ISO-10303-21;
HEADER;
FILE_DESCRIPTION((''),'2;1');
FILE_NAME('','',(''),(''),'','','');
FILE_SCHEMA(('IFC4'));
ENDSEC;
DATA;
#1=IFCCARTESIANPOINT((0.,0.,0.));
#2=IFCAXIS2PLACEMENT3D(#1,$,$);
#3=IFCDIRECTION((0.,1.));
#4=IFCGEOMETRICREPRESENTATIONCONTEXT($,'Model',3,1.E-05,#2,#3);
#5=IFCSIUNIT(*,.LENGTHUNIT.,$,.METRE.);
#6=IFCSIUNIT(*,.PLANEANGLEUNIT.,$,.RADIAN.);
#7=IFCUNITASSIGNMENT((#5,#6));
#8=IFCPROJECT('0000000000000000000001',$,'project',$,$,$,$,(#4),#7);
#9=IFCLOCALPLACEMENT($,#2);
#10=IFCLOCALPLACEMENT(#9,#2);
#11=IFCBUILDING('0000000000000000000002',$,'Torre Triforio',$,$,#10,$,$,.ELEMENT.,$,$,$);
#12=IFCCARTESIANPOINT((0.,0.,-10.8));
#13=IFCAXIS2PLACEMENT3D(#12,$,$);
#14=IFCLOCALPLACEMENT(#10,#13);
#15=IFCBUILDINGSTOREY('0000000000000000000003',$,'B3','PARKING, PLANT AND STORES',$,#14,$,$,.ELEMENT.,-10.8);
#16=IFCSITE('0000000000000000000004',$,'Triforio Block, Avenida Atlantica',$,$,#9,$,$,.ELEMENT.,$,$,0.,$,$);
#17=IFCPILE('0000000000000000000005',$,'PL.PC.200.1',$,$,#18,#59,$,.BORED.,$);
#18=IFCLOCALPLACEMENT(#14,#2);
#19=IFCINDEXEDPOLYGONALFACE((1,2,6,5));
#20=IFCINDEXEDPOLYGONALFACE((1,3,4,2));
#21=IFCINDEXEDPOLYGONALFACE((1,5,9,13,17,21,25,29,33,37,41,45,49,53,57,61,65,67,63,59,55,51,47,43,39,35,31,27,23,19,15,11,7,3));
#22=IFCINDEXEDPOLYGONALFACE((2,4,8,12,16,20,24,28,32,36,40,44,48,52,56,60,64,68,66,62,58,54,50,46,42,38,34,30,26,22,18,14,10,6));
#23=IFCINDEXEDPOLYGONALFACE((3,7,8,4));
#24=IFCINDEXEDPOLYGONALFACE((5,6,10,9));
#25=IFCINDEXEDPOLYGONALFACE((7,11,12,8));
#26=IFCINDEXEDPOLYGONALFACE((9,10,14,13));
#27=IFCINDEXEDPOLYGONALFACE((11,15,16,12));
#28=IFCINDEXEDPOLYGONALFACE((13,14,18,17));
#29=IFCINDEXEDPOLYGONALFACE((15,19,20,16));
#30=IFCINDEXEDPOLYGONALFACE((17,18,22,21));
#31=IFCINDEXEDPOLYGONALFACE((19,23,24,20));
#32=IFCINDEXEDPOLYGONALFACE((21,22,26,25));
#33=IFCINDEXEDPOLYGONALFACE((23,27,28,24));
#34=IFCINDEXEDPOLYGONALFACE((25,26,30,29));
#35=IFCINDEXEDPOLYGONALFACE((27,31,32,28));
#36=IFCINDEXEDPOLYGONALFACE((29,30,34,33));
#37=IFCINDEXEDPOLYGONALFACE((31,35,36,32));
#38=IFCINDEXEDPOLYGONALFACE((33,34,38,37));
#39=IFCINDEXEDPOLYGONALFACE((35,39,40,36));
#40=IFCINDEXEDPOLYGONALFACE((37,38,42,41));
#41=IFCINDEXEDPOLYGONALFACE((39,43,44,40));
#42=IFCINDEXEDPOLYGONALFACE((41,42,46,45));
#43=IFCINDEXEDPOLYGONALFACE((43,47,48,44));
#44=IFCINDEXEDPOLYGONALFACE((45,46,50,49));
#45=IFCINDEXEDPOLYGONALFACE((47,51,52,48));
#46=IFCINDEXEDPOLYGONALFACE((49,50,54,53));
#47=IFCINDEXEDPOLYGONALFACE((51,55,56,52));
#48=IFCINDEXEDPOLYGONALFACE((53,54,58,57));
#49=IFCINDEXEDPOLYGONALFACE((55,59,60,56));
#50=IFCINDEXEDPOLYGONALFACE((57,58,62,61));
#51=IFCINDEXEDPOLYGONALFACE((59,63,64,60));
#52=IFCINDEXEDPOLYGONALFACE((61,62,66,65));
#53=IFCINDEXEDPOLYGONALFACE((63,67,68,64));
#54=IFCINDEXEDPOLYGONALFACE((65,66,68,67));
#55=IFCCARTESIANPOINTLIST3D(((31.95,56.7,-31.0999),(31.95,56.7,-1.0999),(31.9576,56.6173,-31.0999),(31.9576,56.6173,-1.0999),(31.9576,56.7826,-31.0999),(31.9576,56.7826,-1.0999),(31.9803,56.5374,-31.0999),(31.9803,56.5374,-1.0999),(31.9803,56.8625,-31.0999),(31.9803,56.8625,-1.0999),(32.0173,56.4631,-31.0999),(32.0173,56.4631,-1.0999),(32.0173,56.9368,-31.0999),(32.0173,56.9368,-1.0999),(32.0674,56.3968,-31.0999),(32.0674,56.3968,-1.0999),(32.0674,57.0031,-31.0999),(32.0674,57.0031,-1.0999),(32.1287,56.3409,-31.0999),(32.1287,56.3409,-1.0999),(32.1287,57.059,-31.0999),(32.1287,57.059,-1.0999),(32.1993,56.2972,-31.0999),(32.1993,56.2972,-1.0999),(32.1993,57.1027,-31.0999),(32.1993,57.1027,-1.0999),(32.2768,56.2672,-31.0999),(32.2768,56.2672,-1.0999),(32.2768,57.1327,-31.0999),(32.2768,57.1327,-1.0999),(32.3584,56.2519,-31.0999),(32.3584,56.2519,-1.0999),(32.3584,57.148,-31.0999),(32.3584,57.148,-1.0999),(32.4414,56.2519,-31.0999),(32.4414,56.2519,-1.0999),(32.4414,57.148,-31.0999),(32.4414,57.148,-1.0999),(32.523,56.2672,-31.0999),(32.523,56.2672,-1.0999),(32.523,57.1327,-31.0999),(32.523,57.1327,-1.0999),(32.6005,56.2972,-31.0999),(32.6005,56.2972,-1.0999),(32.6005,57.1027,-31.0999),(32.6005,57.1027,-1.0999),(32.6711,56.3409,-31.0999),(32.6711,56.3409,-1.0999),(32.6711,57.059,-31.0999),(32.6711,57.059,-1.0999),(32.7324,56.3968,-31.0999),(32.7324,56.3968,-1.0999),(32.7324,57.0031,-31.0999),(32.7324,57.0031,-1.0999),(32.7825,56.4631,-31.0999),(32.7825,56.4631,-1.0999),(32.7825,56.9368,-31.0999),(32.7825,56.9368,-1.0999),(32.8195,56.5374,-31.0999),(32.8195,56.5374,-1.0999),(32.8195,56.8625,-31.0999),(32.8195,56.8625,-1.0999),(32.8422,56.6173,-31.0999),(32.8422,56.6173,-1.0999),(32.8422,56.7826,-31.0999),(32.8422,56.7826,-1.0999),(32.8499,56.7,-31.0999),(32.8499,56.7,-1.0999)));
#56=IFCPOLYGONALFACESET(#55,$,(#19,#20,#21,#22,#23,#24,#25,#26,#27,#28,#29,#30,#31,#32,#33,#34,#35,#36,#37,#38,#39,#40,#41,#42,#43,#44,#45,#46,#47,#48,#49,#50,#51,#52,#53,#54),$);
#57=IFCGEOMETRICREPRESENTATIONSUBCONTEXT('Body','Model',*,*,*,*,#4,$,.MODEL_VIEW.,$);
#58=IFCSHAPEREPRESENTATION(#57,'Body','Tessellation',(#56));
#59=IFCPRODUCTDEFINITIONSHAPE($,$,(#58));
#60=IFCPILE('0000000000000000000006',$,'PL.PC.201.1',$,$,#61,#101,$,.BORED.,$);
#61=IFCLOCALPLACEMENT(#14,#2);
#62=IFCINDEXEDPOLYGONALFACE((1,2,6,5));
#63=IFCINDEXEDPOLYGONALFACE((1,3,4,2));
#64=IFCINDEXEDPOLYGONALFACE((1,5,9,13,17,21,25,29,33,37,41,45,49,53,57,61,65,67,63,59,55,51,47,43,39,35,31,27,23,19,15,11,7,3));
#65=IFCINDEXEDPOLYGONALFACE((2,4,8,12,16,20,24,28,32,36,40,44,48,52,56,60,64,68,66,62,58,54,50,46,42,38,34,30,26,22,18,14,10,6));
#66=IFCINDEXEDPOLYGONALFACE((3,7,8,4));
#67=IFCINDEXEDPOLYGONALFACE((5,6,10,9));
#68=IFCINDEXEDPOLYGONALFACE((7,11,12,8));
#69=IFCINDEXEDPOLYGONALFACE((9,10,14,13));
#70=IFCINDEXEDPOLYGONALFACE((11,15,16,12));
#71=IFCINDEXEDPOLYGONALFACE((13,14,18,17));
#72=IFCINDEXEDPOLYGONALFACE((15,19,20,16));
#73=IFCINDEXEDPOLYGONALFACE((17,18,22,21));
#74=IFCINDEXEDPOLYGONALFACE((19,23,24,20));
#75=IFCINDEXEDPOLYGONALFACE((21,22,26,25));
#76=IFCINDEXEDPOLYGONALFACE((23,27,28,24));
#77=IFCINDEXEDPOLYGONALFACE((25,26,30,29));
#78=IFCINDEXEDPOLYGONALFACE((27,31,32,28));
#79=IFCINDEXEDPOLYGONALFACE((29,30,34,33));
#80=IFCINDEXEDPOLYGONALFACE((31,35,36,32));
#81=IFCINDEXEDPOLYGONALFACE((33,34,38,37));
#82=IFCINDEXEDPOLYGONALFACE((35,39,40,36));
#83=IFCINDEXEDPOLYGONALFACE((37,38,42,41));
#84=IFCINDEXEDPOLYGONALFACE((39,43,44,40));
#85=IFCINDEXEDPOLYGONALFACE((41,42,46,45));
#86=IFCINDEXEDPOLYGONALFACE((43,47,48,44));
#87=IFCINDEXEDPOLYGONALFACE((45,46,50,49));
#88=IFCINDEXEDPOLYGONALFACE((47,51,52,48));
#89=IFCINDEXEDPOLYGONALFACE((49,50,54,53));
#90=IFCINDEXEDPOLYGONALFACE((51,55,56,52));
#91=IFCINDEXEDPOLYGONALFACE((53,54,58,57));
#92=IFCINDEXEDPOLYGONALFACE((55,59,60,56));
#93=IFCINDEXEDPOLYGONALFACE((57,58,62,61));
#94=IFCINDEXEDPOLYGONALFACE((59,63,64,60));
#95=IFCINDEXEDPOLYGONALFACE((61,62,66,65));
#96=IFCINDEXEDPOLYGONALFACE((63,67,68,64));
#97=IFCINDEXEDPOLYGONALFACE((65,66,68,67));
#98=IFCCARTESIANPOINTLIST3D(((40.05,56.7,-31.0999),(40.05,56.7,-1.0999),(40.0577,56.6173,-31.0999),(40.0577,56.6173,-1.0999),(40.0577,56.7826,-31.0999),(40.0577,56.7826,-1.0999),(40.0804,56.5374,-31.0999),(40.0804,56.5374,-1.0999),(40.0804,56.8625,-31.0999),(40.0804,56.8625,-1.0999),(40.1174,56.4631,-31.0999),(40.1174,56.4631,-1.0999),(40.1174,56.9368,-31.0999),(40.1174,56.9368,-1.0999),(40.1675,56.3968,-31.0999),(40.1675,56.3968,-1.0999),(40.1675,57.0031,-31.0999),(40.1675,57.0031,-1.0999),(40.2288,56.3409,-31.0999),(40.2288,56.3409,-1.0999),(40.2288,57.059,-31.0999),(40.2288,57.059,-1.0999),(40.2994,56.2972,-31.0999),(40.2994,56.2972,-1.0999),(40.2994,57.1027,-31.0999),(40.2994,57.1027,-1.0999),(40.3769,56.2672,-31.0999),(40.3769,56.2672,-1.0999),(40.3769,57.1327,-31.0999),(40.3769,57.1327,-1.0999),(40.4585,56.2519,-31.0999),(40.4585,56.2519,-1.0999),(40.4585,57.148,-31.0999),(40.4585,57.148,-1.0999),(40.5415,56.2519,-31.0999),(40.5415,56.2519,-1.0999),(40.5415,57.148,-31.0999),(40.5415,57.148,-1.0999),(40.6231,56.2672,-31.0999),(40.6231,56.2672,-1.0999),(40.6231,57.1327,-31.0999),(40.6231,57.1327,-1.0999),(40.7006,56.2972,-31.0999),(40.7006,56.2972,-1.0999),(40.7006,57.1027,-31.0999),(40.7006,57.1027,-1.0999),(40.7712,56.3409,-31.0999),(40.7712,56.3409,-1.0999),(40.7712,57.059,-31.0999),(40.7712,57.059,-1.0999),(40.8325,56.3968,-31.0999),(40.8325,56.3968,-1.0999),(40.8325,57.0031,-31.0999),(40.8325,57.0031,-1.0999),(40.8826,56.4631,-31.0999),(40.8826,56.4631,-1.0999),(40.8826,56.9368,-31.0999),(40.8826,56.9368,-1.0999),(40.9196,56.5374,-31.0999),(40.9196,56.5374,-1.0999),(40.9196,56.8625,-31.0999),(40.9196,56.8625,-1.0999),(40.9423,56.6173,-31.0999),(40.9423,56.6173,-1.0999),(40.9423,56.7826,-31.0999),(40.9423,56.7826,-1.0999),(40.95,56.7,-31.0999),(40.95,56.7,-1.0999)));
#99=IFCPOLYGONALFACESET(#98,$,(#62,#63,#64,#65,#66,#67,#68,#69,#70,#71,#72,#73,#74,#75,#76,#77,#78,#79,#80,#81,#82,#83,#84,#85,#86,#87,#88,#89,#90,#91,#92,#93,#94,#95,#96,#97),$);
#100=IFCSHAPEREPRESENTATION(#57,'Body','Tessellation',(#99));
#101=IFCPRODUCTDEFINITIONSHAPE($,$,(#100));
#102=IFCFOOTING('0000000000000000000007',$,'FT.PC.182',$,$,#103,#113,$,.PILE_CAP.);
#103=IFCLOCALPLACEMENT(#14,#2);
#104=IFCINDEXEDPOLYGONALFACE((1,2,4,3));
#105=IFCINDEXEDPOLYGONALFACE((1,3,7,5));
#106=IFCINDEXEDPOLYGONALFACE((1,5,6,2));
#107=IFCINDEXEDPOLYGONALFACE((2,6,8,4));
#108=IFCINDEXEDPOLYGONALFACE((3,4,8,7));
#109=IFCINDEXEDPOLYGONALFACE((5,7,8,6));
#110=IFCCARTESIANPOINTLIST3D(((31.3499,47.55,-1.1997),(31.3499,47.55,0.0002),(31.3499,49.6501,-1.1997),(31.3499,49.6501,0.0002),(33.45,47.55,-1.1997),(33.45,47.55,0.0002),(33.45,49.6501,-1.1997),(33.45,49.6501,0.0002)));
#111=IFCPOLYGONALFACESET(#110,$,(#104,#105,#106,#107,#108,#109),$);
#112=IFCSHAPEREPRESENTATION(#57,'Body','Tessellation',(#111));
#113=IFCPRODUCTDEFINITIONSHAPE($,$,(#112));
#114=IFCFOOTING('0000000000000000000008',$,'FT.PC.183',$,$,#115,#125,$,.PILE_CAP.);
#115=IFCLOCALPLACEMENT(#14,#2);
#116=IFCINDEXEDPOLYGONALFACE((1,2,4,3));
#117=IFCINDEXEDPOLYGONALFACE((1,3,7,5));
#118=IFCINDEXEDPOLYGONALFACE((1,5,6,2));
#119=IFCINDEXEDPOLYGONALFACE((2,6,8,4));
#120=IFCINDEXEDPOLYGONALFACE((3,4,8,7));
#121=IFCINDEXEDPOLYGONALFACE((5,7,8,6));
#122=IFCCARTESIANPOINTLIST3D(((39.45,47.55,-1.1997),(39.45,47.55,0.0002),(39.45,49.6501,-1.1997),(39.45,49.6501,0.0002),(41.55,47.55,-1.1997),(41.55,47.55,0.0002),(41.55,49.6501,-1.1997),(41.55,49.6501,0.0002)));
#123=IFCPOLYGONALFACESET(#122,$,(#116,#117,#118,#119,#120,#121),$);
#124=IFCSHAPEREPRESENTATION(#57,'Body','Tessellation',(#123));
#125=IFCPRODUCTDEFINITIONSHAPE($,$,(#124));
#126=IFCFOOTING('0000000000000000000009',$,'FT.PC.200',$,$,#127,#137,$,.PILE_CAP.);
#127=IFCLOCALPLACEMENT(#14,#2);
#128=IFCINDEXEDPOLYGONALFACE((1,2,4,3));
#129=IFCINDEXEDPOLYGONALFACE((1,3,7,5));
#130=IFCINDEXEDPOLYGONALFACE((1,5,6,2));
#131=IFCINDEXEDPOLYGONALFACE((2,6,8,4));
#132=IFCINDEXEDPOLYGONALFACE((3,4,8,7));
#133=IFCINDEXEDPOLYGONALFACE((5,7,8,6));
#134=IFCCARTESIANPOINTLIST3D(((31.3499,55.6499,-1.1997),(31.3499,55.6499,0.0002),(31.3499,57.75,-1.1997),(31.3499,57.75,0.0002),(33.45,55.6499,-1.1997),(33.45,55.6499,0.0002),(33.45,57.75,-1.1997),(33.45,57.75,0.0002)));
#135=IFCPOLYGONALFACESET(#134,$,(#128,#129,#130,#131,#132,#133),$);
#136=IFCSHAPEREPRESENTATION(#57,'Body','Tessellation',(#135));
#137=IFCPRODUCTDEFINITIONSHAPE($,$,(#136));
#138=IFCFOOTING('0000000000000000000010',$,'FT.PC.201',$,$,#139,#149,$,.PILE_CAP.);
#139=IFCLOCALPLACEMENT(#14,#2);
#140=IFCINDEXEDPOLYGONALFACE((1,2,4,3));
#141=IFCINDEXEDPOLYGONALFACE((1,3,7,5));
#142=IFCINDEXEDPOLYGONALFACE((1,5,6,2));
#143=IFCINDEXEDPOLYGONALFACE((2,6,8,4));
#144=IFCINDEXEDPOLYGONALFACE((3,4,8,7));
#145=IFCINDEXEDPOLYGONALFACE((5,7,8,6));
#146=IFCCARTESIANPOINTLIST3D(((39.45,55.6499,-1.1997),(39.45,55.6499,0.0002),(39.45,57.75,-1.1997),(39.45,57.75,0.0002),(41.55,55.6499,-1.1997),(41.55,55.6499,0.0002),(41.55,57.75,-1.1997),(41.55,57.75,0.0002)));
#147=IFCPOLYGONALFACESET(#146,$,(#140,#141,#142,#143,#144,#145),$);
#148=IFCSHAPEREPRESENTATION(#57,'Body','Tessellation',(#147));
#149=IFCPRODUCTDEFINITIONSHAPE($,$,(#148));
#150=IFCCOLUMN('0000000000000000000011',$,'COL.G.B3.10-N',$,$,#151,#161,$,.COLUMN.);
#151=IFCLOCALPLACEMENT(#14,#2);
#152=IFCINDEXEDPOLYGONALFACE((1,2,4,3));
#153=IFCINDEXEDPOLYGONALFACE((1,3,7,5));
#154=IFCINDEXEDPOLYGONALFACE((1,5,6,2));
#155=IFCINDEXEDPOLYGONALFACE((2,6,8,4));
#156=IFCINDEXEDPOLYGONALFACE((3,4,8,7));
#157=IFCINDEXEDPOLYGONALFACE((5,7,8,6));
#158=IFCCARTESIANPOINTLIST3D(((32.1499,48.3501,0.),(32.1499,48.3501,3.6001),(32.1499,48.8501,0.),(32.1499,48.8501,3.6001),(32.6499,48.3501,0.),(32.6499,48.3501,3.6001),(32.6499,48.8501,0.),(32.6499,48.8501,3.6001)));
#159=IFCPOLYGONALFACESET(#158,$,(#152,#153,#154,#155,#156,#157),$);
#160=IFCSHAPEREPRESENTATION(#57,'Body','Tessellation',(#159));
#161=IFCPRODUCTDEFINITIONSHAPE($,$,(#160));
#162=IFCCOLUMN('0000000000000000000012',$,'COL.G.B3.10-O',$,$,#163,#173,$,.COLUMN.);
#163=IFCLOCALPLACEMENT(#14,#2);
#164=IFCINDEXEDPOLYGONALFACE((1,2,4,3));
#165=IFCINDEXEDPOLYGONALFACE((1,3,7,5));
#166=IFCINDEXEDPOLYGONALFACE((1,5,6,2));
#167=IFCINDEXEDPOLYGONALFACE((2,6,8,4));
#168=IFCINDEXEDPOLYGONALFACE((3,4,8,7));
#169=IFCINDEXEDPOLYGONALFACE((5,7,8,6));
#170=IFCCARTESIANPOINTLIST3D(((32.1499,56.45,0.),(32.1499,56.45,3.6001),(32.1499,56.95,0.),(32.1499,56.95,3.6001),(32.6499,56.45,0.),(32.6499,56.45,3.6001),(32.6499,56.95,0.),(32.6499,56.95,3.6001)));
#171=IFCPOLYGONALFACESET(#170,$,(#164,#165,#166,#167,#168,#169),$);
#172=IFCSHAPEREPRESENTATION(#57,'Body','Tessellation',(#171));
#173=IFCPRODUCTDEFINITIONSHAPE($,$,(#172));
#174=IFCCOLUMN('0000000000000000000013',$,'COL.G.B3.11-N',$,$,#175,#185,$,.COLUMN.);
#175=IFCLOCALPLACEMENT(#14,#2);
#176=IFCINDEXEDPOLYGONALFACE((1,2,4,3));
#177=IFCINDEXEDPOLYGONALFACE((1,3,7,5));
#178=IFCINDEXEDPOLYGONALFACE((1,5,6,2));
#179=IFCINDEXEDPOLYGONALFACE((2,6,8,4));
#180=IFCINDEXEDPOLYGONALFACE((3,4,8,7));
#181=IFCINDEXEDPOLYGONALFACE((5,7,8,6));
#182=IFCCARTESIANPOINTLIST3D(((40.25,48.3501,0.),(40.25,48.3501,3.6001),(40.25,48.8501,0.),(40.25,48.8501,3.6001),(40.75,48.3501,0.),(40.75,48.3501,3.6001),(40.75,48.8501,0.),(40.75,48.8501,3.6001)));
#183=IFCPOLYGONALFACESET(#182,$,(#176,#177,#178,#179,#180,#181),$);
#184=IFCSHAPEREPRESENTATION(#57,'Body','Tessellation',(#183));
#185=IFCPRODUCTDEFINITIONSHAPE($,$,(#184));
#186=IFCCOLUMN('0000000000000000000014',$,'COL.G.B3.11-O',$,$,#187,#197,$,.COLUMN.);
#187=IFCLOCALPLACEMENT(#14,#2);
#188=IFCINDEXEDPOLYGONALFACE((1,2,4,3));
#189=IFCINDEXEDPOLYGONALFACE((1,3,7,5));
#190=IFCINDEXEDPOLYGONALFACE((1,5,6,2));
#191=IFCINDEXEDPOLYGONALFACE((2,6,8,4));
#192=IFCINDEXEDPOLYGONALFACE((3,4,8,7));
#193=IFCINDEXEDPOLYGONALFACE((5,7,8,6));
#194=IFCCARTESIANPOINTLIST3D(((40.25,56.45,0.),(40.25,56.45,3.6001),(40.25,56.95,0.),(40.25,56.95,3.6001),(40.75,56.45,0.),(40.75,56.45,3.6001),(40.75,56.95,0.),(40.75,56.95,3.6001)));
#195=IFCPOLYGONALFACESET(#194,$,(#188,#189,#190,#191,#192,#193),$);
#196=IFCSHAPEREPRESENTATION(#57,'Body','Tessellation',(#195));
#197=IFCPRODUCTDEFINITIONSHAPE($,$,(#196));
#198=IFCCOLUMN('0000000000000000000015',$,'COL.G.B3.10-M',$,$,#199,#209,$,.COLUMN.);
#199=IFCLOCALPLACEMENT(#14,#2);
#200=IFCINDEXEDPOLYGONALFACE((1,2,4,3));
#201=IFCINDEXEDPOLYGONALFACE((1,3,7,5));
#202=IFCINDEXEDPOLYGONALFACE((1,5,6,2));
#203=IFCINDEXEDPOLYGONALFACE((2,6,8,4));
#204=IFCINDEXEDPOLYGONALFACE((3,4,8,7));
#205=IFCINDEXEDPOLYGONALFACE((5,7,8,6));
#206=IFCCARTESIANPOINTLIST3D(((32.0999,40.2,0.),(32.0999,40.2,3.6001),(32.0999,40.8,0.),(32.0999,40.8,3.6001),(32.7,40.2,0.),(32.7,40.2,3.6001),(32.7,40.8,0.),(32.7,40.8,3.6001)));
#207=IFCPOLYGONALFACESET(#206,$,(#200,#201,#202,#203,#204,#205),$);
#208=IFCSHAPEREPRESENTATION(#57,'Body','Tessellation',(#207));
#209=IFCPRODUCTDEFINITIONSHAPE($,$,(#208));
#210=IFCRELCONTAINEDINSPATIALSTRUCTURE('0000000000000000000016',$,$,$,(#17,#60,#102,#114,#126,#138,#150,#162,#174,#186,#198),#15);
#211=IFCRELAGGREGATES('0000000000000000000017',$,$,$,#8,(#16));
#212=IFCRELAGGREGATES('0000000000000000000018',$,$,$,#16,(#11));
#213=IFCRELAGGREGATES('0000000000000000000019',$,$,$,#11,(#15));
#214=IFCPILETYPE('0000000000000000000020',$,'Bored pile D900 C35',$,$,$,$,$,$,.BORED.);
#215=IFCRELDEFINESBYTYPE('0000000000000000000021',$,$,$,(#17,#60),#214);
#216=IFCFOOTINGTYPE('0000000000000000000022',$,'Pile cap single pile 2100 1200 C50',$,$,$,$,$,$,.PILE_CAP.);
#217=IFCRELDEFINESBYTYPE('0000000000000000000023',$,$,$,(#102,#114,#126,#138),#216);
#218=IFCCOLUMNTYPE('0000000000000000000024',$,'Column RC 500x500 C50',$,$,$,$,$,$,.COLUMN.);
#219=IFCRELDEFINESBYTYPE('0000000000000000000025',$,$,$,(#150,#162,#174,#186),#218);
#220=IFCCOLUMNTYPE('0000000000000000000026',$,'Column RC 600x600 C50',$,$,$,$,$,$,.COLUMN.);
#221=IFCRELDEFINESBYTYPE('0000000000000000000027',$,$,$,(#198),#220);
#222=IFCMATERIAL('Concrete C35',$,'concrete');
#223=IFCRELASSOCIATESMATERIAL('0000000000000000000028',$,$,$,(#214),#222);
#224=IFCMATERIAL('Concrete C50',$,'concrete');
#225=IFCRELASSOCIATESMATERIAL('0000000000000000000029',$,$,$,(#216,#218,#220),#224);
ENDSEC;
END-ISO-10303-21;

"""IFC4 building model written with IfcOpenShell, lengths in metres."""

from ifc_helpers import new_model, si_unit, direction, frame, origin, origin_2d, place, context, subcontext, project, spatial, rectangle, circle, extrude, material, material_profile, profile_set, type_object, element, save


model = new_model("IFC4")

# Units and contexts
model_context = context("Model", 3, precision=1e-05, world=origin(), true_north=direction((0.0, 1.0)))
body_context = subcontext(model_context, "Body", "Model", "MODEL_VIEW")
ifc_project = project(units=[si_unit("LENGTHUNIT", "METRE"), si_unit("PLANEANGLEUNIT", "RADIAN")], contexts=[model_context])

# Site, building, storey
site_placement = place(None, origin())
site = spatial("IfcSite", under=ifc_project, at=site_placement, Name="Triforio Block, Avenida Atlantica", CompositionType="ELEMENT", RefElevation=0.0)
building_placement = place(site_placement, origin())
building = spatial("IfcBuilding", under=site, at=building_placement, Name="Torre Triforio", CompositionType="ELEMENT")
storey_placement = place(building_placement, frame((0.0, 0.0, -10.8)))
storey = spatial("IfcBuildingStorey", under=building, at=storey_placement, Name="B3", Description="PARKING, PLANT AND STORES", CompositionType="ELEMENT", Elevation=-10.8)

# Piles
ifc_material_1 = material(Name="Concrete C35", Category="concrete")
ifc_material_profile_1 = material_profile(ifc_material_1, circle(Radius=0.45, at=origin_2d()), Name="RC D900")
ifc_profile_set_1 = profile_set([ifc_material_profile_1], Name="Concrete C35")
pile_type = type_object("IfcPileType", Name="Bored pile D900 C35", PredefinedType="BORED", material=ifc_profile_set_1)
for number, where, z_axis, x_axis, name in (
    (1, (32.3999, 56.7, -1.0999), (0.0, 0.0, -1.0), (1.0, 0.0, 0.0), "PL.PC.200.1"),
    (2, (40.5, 56.7, -1.0999), (0.0, 0.0, -1.0), (1.0, 0.0, 0.0), "PL.PC.201.1"),
):
    element("IfcPile", number, at=place(storey_placement, frame(where, z_axis=z_axis, x_axis=x_axis)), inside=storey, type_object=pile_type, Name=name, PredefinedType="BORED", context=body_context, shape_type="SweptSolid", body=[
        extrude(circle(Radius=0.45, at=origin_2d()), origin(), (0.0, 0.0, 1.0), 30.0),
    ])

# Footings
ifc_material_2 = material(Name="Concrete C50", Category="concrete")
footing_type = type_object("IfcFootingType", Name="Pile cap single pile 2100 1200 C50", PredefinedType="PILE_CAP", material=ifc_material_2)
for number, where, z_axis, x_axis, name in (
    (3, (32.3999, 48.6001, -1.1997), (0.0, 0.0, 1.0), (1.0, 0.0, 0.0), "FT.PC.182"),
    (4, (40.5, 48.6001, -1.1997), (0.0, 0.0, 1.0), (1.0, 0.0, 0.0), "FT.PC.183"),
    (5, (32.3999, 56.7, -1.1997), (0.0, 0.0, 1.0), (1.0, 0.0, 0.0), "FT.PC.200"),
    (6, (40.5, 56.7, -1.1997), (0.0, 0.0, 1.0), (1.0, 0.0, 0.0), "FT.PC.201"),
):
    element("IfcFooting", number, at=place(storey_placement, frame(where, z_axis=z_axis, x_axis=x_axis)), inside=storey, type_object=footing_type, Name=name, PredefinedType="PILE_CAP", context=body_context, shape_type="SweptSolid", body=[
        extrude(rectangle(XDim=2.1001, YDim=2.1001, at=origin_2d()), origin(), (0.0, 0.0, 1.0), 1.2),
    ])

# Columns
ifc_material_profile_2 = material_profile(ifc_material_2, rectangle(XDim=0.5, YDim=0.5, at=origin_2d()), Name="RC 500x500")
ifc_profile_set_2 = profile_set([ifc_material_profile_2], Name="Concrete C50")
column_type_1 = type_object("IfcColumnType", Name="Column RC 500x500 C50", PredefinedType="COLUMN", material=ifc_profile_set_2)
for number, where, z_axis, x_axis, name in (
    (7, (32.3999, 48.6001, 0.0), (0.0, 0.0, 1.0), (1.0, 0.0, 0.0), "COL.G.B3.10-N"),
    (8, (32.3999, 56.7, 0.0), (0.0, 0.0, 1.0), (1.0, 0.0, 0.0), "COL.G.B3.10-O"),
    (9, (40.5, 48.6001, 0.0), (0.0, 0.0, 1.0), (1.0, 0.0, 0.0), "COL.G.B3.11-N"),
    (10, (40.5, 56.7, 0.0), (0.0, 0.0, 1.0), (1.0, 0.0, 0.0), "COL.G.B3.11-O"),
):
    element("IfcColumn", number, at=place(storey_placement, frame(where, z_axis=z_axis, x_axis=x_axis)), inside=storey, type_object=column_type_1, Name=name, PredefinedType="COLUMN", context=body_context, shape_type="SweptSolid", body=[
        extrude(rectangle(XDim=0.5, YDim=0.5, at=origin_2d()), origin(), (0.0, 0.0, 1.0), 3.6001),
    ])
ifc_material_profile_3 = material_profile(ifc_material_2, rectangle(XDim=0.6001, YDim=0.6001, at=origin_2d()), Name="RC 600x600")
ifc_profile_set_3 = profile_set([ifc_material_profile_3], Name="Concrete C50")
column_type_2 = type_object("IfcColumnType", Name="Column RC 600x600 C50", PredefinedType="COLUMN", material=ifc_profile_set_3)
for number, where, z_axis, x_axis, name in (
    (11, (32.3999, 40.5, 0.0), (0.0, 0.0, 1.0), (1.0, 0.0, 0.0), "COL.G.B3.10-M"),
):
    element("IfcColumn", number, at=place(storey_placement, frame(where, z_axis=z_axis, x_axis=x_axis)), inside=storey, type_object=column_type_2, Name=name, PredefinedType="COLUMN", context=body_context, shape_type="SweptSolid", body=[
        extrude(rectangle(XDim=0.6001, YDim=0.6001, at=origin_2d()), origin(), (0.0, 0.0, 1.0), 3.6001),
    ])

save(model, "model.ifc")
